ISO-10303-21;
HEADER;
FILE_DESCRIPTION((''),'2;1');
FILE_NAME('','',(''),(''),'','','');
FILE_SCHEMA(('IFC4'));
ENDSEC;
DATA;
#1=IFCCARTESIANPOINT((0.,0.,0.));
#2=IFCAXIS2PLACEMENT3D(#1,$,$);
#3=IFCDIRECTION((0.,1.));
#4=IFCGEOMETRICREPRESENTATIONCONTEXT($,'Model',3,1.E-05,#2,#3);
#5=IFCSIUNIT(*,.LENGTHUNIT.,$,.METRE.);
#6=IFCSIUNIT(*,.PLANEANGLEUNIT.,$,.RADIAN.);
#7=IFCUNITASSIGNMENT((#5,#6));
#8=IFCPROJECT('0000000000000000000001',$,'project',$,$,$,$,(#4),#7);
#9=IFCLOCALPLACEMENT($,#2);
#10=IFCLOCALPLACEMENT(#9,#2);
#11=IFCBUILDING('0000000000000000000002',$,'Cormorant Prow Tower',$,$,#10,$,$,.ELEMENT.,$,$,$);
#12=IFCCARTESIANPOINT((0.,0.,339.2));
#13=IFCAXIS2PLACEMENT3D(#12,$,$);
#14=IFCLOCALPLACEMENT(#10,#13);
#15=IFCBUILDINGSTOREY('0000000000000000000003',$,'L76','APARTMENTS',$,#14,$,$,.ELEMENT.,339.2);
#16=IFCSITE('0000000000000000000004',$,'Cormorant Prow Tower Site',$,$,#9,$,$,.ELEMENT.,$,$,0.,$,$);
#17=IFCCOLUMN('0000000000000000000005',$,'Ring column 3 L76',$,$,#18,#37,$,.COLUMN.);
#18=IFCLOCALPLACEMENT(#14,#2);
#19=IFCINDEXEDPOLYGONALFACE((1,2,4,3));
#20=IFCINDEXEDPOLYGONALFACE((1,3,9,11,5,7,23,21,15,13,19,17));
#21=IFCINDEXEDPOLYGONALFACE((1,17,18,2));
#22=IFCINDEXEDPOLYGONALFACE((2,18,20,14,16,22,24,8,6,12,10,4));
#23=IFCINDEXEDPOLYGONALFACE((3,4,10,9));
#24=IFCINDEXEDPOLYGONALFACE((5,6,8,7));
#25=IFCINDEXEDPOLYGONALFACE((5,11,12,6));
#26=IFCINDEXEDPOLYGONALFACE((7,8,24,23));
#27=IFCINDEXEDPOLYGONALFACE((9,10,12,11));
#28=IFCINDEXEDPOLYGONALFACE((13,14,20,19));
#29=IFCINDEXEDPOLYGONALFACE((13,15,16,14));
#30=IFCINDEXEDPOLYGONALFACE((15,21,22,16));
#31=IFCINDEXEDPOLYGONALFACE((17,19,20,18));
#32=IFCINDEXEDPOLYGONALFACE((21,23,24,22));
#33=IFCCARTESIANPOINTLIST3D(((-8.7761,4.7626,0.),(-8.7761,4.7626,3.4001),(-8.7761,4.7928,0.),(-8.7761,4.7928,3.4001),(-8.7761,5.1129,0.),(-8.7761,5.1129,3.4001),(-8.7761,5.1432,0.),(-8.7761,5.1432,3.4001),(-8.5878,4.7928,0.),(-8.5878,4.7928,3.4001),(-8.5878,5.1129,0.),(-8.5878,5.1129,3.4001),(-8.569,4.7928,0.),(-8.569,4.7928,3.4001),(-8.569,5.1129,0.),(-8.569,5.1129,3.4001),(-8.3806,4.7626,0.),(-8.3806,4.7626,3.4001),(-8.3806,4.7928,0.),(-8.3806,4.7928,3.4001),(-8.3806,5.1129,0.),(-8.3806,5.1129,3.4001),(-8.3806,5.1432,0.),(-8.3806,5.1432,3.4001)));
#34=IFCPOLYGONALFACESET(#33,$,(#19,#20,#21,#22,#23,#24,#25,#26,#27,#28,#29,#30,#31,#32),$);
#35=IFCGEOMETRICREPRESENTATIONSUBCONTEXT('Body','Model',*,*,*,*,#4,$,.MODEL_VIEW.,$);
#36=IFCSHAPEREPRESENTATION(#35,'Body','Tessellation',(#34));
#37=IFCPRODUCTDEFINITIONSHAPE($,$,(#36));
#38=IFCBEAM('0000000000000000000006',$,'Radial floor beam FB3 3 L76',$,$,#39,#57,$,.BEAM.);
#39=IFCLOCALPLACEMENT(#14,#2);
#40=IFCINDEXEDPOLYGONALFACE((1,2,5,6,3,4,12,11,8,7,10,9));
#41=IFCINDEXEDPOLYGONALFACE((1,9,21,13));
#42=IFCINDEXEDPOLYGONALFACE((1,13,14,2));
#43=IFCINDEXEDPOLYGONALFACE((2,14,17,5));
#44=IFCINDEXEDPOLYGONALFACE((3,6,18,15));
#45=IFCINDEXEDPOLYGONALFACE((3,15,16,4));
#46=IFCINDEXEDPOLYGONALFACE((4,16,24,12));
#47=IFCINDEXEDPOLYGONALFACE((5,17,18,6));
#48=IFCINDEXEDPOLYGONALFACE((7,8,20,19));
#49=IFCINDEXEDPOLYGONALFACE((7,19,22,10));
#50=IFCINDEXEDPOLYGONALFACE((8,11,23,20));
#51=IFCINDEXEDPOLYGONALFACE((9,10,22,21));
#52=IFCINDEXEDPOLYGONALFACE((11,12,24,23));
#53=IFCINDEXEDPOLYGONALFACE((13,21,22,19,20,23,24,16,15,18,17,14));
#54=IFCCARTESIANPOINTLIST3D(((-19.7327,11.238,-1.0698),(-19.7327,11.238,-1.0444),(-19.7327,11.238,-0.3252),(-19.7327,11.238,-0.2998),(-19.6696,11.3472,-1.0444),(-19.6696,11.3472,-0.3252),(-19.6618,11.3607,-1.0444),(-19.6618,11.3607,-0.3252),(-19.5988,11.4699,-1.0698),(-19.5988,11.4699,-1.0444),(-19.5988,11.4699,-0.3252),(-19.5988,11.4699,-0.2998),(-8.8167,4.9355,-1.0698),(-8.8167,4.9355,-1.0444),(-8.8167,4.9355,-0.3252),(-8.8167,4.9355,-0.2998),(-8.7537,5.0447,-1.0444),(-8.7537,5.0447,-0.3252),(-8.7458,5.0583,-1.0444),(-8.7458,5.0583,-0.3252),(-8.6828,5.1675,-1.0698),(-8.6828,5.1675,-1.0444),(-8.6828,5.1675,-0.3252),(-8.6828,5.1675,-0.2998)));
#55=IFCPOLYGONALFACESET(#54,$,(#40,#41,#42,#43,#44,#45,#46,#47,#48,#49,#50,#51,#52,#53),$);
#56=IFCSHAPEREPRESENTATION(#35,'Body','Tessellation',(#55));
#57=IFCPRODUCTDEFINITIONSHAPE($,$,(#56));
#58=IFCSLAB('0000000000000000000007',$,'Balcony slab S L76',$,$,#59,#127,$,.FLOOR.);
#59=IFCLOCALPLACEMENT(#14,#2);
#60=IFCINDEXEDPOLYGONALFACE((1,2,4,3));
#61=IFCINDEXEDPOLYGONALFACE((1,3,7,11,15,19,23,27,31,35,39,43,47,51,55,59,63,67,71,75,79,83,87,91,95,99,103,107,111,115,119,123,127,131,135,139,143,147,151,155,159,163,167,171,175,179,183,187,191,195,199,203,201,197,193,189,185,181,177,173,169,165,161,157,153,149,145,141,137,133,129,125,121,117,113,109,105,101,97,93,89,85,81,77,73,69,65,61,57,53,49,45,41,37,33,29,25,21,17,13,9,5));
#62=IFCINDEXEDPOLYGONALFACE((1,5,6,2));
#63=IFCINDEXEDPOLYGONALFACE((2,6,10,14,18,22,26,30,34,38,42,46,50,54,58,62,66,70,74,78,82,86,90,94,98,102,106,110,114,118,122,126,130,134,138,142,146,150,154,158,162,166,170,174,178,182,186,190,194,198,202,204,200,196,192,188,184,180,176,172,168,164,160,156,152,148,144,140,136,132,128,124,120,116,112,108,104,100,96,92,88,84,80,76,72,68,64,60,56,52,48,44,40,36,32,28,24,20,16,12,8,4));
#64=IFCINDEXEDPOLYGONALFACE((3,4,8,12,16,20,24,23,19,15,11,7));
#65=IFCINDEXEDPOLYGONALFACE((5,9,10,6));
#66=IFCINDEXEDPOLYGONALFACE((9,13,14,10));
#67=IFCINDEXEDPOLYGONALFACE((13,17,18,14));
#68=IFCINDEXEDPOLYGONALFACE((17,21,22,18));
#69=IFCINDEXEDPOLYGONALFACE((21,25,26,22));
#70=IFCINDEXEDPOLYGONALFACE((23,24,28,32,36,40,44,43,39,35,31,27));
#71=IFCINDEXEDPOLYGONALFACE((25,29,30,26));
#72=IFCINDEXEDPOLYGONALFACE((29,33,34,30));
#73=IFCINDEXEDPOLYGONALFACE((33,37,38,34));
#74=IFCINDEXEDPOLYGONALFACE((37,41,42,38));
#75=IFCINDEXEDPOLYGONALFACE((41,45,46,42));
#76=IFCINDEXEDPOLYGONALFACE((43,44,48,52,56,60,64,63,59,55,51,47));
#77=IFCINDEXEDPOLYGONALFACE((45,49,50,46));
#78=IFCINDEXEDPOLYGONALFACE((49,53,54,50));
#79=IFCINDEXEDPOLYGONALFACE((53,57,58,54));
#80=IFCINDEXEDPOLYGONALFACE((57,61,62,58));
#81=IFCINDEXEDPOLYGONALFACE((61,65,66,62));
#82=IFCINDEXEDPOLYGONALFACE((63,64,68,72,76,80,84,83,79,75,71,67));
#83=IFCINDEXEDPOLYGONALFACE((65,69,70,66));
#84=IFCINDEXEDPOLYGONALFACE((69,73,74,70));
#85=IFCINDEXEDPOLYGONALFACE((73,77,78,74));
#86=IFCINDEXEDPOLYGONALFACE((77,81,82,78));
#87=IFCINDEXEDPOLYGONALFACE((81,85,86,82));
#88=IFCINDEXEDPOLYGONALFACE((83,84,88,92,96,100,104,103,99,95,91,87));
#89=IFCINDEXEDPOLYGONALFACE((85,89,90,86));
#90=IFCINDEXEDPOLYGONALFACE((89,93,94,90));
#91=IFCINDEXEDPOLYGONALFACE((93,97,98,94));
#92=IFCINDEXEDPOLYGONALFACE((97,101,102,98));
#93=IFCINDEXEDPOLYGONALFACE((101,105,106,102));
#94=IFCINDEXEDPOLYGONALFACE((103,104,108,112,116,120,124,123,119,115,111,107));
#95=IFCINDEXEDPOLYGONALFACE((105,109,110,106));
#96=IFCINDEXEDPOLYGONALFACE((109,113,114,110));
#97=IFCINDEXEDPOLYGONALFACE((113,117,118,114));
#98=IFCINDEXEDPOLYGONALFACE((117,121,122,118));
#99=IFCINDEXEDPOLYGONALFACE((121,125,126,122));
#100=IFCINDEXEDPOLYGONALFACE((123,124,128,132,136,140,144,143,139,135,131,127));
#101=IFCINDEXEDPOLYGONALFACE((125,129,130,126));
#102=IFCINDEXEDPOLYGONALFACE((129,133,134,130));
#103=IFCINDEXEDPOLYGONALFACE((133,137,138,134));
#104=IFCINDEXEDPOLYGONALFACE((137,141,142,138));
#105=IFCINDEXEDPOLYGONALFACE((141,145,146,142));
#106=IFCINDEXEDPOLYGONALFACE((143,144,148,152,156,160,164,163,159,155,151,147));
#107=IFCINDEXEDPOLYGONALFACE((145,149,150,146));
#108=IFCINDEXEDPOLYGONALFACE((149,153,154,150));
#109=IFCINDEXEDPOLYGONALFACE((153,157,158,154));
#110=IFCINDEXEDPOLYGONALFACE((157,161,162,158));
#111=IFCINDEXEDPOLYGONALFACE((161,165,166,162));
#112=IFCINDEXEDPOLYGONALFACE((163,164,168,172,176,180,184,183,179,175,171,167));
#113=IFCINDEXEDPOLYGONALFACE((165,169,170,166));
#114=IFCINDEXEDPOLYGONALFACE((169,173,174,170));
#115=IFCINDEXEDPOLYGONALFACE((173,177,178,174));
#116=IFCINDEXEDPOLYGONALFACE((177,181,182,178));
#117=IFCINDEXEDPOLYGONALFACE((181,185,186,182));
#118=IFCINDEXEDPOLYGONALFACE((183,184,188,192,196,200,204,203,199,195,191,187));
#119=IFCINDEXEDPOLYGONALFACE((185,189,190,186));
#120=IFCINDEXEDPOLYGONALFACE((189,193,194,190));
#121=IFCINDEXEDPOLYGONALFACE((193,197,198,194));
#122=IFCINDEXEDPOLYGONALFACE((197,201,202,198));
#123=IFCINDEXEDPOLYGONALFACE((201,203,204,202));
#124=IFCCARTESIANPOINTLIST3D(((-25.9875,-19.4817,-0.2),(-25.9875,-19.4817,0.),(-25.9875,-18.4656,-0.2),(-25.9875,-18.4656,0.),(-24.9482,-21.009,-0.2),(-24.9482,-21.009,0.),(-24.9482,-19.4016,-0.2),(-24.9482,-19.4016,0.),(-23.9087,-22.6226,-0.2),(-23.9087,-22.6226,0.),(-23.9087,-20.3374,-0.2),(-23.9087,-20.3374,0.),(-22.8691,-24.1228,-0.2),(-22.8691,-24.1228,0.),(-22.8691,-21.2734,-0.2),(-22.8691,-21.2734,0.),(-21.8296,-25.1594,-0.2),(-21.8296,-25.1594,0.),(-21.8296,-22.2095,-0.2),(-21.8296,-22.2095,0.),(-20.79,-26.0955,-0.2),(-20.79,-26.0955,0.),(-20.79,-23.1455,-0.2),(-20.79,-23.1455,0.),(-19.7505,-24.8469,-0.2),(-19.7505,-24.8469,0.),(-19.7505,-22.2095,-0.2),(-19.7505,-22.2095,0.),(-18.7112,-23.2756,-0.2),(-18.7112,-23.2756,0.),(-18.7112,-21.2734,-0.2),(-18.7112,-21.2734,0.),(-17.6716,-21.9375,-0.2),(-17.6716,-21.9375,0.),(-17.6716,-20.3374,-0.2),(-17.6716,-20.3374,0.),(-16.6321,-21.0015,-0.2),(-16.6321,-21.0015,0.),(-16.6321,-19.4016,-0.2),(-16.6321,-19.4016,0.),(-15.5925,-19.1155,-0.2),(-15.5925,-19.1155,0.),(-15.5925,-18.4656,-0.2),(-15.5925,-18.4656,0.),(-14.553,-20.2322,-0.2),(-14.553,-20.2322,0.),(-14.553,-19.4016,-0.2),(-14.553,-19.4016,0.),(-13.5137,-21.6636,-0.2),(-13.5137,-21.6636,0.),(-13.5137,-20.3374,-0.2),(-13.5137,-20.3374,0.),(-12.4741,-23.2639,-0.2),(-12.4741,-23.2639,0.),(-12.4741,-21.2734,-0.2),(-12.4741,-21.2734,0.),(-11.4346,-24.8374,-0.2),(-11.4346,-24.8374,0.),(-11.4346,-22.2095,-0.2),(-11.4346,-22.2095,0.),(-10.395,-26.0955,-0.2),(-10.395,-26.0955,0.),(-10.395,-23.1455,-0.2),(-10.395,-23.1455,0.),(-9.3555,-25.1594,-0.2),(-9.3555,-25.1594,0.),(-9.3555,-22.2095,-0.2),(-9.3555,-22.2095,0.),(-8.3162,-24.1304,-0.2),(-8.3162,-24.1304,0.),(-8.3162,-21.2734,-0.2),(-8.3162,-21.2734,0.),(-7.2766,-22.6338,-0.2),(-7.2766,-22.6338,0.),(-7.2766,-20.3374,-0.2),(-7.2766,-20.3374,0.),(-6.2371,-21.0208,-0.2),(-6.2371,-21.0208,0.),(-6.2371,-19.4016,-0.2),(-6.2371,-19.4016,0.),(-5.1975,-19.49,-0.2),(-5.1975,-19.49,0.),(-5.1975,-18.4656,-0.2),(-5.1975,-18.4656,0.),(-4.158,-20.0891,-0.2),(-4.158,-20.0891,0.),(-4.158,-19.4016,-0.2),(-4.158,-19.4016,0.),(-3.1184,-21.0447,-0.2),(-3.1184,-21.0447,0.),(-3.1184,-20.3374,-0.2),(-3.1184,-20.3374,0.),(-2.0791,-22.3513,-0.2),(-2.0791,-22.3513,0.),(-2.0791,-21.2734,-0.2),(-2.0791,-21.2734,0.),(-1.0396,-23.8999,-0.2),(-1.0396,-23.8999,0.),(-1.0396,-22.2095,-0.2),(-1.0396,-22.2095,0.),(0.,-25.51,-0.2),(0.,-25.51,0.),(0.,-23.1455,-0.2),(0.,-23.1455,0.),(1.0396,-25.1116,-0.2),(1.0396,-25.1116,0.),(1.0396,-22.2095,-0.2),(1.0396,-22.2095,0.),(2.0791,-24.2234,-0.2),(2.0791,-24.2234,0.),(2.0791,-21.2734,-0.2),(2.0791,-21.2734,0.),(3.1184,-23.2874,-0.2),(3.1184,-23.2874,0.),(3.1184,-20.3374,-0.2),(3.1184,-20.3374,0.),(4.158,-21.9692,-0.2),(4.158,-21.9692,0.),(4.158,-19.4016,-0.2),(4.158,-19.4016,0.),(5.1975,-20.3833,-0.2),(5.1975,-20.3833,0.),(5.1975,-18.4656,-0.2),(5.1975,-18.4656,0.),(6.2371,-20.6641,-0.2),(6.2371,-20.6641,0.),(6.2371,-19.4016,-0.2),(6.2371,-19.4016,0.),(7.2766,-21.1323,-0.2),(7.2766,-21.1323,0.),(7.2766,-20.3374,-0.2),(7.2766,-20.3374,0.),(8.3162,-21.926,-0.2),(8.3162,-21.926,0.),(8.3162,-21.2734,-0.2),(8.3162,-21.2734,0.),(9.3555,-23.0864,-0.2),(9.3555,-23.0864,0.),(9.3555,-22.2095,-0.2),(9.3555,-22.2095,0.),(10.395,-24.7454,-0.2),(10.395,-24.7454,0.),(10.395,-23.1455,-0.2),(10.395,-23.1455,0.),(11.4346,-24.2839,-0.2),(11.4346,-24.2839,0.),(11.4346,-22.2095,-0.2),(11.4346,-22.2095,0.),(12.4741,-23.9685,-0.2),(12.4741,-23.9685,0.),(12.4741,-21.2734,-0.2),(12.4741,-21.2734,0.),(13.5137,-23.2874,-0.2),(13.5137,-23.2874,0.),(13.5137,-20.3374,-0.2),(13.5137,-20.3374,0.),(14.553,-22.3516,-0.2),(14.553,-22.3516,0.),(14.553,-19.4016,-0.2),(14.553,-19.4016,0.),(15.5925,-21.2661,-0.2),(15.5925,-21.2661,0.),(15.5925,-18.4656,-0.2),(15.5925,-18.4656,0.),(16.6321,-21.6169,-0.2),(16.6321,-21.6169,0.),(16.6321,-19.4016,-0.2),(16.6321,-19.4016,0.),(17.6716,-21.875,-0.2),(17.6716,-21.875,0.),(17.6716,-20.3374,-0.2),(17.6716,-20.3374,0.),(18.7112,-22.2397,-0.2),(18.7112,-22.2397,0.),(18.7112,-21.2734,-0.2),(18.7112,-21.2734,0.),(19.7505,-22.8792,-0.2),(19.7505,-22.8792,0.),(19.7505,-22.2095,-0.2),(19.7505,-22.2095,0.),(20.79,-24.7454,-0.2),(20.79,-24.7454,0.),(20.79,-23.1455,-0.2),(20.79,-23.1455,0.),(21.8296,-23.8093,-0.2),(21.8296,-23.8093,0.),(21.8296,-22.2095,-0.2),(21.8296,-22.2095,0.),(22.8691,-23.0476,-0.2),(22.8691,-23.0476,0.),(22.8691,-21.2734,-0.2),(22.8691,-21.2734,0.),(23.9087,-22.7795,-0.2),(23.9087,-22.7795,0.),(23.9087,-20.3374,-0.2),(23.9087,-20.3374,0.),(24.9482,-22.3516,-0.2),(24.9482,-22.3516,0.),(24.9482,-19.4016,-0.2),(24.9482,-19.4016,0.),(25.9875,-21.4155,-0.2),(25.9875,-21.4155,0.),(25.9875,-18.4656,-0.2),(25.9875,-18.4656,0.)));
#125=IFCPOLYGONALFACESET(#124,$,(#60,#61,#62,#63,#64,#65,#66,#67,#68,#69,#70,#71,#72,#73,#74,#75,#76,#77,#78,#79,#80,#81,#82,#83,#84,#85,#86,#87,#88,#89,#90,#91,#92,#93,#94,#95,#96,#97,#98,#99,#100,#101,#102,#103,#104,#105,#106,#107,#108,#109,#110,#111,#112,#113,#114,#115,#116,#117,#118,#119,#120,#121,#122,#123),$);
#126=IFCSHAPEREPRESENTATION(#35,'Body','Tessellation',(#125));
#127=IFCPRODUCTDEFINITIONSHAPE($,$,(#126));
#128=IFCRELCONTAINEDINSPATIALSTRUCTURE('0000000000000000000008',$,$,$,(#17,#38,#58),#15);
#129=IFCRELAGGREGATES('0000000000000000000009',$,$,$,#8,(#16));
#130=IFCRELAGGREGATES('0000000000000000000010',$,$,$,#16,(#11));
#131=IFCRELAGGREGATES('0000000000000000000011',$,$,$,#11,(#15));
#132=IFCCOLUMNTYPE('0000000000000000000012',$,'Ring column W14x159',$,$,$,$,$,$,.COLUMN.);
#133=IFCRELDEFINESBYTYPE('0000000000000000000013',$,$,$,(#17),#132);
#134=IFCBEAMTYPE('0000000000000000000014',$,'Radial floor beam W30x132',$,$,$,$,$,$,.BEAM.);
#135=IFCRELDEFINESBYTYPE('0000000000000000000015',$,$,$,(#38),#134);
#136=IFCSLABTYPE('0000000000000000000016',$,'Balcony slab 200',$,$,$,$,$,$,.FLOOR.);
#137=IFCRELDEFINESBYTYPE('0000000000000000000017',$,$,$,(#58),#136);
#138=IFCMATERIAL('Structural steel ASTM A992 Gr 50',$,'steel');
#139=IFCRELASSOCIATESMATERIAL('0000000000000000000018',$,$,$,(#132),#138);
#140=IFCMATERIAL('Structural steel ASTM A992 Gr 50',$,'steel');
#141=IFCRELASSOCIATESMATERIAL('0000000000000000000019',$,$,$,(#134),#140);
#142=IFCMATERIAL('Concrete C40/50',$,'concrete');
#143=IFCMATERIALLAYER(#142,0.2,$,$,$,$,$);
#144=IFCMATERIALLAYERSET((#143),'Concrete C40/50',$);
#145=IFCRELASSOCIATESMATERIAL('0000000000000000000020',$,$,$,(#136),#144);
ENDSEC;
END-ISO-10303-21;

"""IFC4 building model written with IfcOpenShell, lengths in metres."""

from ifc_helpers import new_model, si_unit, direction, frame, origin, origin_2d, place, context, subcontext, project, spatial, polyline, i_section, outline, extrude, material, layer, layer_set, material_profile, profile_set, type_object, element, save


model = new_model("IFC4")

# Units and contexts
model_context = context("Model", 3, precision=1e-05, world=origin(), true_north=direction((0.0, 1.0)))
body_context = subcontext(model_context, "Body", "Model", "MODEL_VIEW")
ifc_project = project(units=[si_unit("LENGTHUNIT", "METRE"), si_unit("PLANEANGLEUNIT", "RADIAN")], contexts=[model_context])

# Site, building, storey
site_placement = place(None, origin())
site = spatial("IfcSite", under=ifc_project, at=site_placement, Name="Cormorant Prow Tower Site", CompositionType="ELEMENT", RefElevation=0.0)
building_placement = place(site_placement, origin())
building = spatial("IfcBuilding", under=site, at=building_placement, Name="Cormorant Prow Tower", CompositionType="ELEMENT")
storey_placement = place(building_placement, frame((0.0, 0.0, 339.2)))
storey = spatial("IfcBuildingStorey", under=building, at=storey_placement, Name="L76", Description="APARTMENTS", CompositionType="ELEMENT", Elevation=339.2)

# Column
ifc_material_1 = material(Name="Structural steel ASTM A992 Gr 50", Category="steel")
ifc_material_profile_1 = material_profile(ifc_material_1, i_section(OverallWidth=0.3955, OverallDepth=0.3806, WebThickness=0.0188, FlangeThickness=0.0303, at=origin_2d()), Name="W14x159")
ifc_profile_set_1 = profile_set([ifc_material_profile_1], Name="Structural steel ASTM A992 Gr 50")
column_type = type_object("IfcColumnType", Name="Ring column W14x159", PredefinedType="COLUMN", material=ifc_profile_set_1)
column_placement = place(storey_placement, frame((-8.5784, 4.9529, 0.0), z_axis=(0.0, 0.0, 1.0), x_axis=(1.0, 0.0, 0.0)))
element("IfcColumn", 1, at=column_placement, inside=storey, type_object=column_type, Name="Ring column 3 L76", PredefinedType="COLUMN", context=body_context, shape_type="SweptSolid", body=[
    extrude(i_section(OverallWidth=0.3955, OverallDepth=0.3806, WebThickness=0.0188, FlangeThickness=0.0303, at=origin_2d()), origin(), (0.0, 0.0, 1.0), 3.4001),
])

# Beam
ifc_material_2 = material(Name="Structural steel ASTM A992 Gr 50", Category="steel")
ifc_material_profile_2 = material_profile(ifc_material_2, i_section(OverallWidth=0.2678, OverallDepth=0.77, WebThickness=0.0156, FlangeThickness=0.0254, at=origin_2d()), Name="W30x132")
ifc_profile_set_2 = profile_set([ifc_material_profile_2], Name="Structural steel ASTM A992 Gr 50")
beam_type = type_object("IfcBeamType", Name="Radial floor beam W30x132", PredefinedType="BEAM", material=ifc_profile_set_2)
beam_placement = place(storey_placement, frame((-8.7498, 5.0515, -0.6848), z_axis=(-0.866021, 0.500007, 0.0), x_axis=(-0.500007, -0.866021, 0.0)))
element("IfcBeam", 2, at=beam_placement, inside=storey, type_object=beam_type, Name="Radial floor beam FB3 3 L76", PredefinedType="BEAM", context=body_context, shape_type="SweptSolid", body=[
    extrude(i_section(OverallWidth=0.2678, OverallDepth=0.77, WebThickness=0.0156, FlangeThickness=0.0254, at=origin_2d()), origin(), (0.0, 0.0, 1.0), 12.6047),
])

# Slab
ifc_material_3 = material(Name="Concrete C40/50", Category="concrete")
ifc_layer_1 = layer(ifc_material_3, 0.2)
ifc_layer_set_1 = layer_set([ifc_layer_1], Name="Concrete C40/50")
slab_type_1 = type_object("IfcSlabType", Name="Balcony slab 200", PredefinedType="FLOOR", material=ifc_layer_set_1)
slab_1_placement = place(storey_placement, frame((0.0, 0.0, -0.2)))
element("IfcSlab", 3, at=slab_1_placement, inside=storey, type_object=slab_type_1, Name="Balcony slab S L76", PredefinedType="FLOOR", context=body_context, shape_type="SweptSolid", body=[
    extrude(outline(polyline([(-25.9875, -18.4656), (-25.9875, -19.4817), (-24.9482, -21.009), (-23.9087, -22.6226), (-22.8691, -24.1228), (-21.8296, -25.1594), (-20.79, -26.0955), (-19.7505, -24.8469), (-18.7112, -23.2756), (-17.6716, -21.9375), (-16.6321, -21.0015), (-15.5925, -19.1155), (-14.553, -20.2322), (-13.5137, -21.6636), (-12.4741, -23.2639), (-11.4346, -24.8374), (-10.395, -26.0955), (-9.3555, -25.1594), (-8.3162, -24.1304), (-7.2766, -22.6338), (-6.2371, -21.0208), (-5.1975, -19.49), (-4.158, -20.0891), (-3.1184, -21.0447), (-2.0791, -22.3513), (-1.0396, -23.8999), (0.0, -25.51), (1.0396, -25.1116), (2.0791, -24.2234), (3.1184, -23.2874), (4.158, -21.9692), (5.1975, -20.3833), (6.2371, -20.6641), (7.2766, -21.1323), (8.3162, -21.926), (9.3555, -23.0864), (10.395, -24.7454), (11.4346, -24.2839), (12.4741, -23.9685), (13.5137, -23.2874), (14.553, -22.3516), (15.5925, -21.2661), (16.6321, -21.6169), (17.6716, -21.875), (18.7112, -22.2397), (19.7505, -22.8792), (20.79, -24.7454), (21.8296, -23.8093), (22.8691, -23.0476), (23.9087, -22.7795), (24.9482, -22.3516), (25.9875, -21.4155), (25.9875, -18.4656), (24.9482, -19.4016), (23.9087, -20.3374), (22.8691, -21.2734), (21.8296, -22.2095), (20.79, -23.1455), (19.7505, -22.2095), (18.7112, -21.2734), (17.6716, -20.3374), (16.6321, -19.4016), (15.5925, -18.4656), (14.553, -19.4016), (13.5137, -20.3374), (12.4741, -21.2734), (11.4346, -22.2095), (10.395, -23.1455), (9.3555, -22.2095), (8.3162, -21.2734), (7.2766, -20.3374), (6.2371, -19.4016), (5.1975, -18.4656), (4.158, -19.4016), (3.1184, -20.3374), (2.0791, -21.2734), (1.0396, -22.2095), (0.0, -23.1455), (-1.0396, -22.2095), (-2.0791, -21.2734), (-3.1184, -20.3374), (-4.158, -19.4016), (-5.1975, -18.4656), (-6.2371, -19.4016), (-7.2766, -20.3374), (-8.3162, -21.2734), (-9.3555, -22.2095), (-10.395, -23.1455), (-11.4346, -22.2095), (-12.4741, -21.2734), (-13.5137, -20.3374), (-14.553, -19.4016), (-15.5925, -18.4656), (-16.6321, -19.4016), (-17.6716, -20.3374), (-18.7112, -21.2734), (-19.7505, -22.2095), (-20.79, -23.1455), (-21.8296, -22.2095), (-22.8691, -21.2734), (-23.9087, -20.3374), (-24.9482, -19.4016), (-25.9875, -18.4656)])), origin(), (0.0, 0.0, 1.0), 0.2),
])

save(model, "model.ifc")
